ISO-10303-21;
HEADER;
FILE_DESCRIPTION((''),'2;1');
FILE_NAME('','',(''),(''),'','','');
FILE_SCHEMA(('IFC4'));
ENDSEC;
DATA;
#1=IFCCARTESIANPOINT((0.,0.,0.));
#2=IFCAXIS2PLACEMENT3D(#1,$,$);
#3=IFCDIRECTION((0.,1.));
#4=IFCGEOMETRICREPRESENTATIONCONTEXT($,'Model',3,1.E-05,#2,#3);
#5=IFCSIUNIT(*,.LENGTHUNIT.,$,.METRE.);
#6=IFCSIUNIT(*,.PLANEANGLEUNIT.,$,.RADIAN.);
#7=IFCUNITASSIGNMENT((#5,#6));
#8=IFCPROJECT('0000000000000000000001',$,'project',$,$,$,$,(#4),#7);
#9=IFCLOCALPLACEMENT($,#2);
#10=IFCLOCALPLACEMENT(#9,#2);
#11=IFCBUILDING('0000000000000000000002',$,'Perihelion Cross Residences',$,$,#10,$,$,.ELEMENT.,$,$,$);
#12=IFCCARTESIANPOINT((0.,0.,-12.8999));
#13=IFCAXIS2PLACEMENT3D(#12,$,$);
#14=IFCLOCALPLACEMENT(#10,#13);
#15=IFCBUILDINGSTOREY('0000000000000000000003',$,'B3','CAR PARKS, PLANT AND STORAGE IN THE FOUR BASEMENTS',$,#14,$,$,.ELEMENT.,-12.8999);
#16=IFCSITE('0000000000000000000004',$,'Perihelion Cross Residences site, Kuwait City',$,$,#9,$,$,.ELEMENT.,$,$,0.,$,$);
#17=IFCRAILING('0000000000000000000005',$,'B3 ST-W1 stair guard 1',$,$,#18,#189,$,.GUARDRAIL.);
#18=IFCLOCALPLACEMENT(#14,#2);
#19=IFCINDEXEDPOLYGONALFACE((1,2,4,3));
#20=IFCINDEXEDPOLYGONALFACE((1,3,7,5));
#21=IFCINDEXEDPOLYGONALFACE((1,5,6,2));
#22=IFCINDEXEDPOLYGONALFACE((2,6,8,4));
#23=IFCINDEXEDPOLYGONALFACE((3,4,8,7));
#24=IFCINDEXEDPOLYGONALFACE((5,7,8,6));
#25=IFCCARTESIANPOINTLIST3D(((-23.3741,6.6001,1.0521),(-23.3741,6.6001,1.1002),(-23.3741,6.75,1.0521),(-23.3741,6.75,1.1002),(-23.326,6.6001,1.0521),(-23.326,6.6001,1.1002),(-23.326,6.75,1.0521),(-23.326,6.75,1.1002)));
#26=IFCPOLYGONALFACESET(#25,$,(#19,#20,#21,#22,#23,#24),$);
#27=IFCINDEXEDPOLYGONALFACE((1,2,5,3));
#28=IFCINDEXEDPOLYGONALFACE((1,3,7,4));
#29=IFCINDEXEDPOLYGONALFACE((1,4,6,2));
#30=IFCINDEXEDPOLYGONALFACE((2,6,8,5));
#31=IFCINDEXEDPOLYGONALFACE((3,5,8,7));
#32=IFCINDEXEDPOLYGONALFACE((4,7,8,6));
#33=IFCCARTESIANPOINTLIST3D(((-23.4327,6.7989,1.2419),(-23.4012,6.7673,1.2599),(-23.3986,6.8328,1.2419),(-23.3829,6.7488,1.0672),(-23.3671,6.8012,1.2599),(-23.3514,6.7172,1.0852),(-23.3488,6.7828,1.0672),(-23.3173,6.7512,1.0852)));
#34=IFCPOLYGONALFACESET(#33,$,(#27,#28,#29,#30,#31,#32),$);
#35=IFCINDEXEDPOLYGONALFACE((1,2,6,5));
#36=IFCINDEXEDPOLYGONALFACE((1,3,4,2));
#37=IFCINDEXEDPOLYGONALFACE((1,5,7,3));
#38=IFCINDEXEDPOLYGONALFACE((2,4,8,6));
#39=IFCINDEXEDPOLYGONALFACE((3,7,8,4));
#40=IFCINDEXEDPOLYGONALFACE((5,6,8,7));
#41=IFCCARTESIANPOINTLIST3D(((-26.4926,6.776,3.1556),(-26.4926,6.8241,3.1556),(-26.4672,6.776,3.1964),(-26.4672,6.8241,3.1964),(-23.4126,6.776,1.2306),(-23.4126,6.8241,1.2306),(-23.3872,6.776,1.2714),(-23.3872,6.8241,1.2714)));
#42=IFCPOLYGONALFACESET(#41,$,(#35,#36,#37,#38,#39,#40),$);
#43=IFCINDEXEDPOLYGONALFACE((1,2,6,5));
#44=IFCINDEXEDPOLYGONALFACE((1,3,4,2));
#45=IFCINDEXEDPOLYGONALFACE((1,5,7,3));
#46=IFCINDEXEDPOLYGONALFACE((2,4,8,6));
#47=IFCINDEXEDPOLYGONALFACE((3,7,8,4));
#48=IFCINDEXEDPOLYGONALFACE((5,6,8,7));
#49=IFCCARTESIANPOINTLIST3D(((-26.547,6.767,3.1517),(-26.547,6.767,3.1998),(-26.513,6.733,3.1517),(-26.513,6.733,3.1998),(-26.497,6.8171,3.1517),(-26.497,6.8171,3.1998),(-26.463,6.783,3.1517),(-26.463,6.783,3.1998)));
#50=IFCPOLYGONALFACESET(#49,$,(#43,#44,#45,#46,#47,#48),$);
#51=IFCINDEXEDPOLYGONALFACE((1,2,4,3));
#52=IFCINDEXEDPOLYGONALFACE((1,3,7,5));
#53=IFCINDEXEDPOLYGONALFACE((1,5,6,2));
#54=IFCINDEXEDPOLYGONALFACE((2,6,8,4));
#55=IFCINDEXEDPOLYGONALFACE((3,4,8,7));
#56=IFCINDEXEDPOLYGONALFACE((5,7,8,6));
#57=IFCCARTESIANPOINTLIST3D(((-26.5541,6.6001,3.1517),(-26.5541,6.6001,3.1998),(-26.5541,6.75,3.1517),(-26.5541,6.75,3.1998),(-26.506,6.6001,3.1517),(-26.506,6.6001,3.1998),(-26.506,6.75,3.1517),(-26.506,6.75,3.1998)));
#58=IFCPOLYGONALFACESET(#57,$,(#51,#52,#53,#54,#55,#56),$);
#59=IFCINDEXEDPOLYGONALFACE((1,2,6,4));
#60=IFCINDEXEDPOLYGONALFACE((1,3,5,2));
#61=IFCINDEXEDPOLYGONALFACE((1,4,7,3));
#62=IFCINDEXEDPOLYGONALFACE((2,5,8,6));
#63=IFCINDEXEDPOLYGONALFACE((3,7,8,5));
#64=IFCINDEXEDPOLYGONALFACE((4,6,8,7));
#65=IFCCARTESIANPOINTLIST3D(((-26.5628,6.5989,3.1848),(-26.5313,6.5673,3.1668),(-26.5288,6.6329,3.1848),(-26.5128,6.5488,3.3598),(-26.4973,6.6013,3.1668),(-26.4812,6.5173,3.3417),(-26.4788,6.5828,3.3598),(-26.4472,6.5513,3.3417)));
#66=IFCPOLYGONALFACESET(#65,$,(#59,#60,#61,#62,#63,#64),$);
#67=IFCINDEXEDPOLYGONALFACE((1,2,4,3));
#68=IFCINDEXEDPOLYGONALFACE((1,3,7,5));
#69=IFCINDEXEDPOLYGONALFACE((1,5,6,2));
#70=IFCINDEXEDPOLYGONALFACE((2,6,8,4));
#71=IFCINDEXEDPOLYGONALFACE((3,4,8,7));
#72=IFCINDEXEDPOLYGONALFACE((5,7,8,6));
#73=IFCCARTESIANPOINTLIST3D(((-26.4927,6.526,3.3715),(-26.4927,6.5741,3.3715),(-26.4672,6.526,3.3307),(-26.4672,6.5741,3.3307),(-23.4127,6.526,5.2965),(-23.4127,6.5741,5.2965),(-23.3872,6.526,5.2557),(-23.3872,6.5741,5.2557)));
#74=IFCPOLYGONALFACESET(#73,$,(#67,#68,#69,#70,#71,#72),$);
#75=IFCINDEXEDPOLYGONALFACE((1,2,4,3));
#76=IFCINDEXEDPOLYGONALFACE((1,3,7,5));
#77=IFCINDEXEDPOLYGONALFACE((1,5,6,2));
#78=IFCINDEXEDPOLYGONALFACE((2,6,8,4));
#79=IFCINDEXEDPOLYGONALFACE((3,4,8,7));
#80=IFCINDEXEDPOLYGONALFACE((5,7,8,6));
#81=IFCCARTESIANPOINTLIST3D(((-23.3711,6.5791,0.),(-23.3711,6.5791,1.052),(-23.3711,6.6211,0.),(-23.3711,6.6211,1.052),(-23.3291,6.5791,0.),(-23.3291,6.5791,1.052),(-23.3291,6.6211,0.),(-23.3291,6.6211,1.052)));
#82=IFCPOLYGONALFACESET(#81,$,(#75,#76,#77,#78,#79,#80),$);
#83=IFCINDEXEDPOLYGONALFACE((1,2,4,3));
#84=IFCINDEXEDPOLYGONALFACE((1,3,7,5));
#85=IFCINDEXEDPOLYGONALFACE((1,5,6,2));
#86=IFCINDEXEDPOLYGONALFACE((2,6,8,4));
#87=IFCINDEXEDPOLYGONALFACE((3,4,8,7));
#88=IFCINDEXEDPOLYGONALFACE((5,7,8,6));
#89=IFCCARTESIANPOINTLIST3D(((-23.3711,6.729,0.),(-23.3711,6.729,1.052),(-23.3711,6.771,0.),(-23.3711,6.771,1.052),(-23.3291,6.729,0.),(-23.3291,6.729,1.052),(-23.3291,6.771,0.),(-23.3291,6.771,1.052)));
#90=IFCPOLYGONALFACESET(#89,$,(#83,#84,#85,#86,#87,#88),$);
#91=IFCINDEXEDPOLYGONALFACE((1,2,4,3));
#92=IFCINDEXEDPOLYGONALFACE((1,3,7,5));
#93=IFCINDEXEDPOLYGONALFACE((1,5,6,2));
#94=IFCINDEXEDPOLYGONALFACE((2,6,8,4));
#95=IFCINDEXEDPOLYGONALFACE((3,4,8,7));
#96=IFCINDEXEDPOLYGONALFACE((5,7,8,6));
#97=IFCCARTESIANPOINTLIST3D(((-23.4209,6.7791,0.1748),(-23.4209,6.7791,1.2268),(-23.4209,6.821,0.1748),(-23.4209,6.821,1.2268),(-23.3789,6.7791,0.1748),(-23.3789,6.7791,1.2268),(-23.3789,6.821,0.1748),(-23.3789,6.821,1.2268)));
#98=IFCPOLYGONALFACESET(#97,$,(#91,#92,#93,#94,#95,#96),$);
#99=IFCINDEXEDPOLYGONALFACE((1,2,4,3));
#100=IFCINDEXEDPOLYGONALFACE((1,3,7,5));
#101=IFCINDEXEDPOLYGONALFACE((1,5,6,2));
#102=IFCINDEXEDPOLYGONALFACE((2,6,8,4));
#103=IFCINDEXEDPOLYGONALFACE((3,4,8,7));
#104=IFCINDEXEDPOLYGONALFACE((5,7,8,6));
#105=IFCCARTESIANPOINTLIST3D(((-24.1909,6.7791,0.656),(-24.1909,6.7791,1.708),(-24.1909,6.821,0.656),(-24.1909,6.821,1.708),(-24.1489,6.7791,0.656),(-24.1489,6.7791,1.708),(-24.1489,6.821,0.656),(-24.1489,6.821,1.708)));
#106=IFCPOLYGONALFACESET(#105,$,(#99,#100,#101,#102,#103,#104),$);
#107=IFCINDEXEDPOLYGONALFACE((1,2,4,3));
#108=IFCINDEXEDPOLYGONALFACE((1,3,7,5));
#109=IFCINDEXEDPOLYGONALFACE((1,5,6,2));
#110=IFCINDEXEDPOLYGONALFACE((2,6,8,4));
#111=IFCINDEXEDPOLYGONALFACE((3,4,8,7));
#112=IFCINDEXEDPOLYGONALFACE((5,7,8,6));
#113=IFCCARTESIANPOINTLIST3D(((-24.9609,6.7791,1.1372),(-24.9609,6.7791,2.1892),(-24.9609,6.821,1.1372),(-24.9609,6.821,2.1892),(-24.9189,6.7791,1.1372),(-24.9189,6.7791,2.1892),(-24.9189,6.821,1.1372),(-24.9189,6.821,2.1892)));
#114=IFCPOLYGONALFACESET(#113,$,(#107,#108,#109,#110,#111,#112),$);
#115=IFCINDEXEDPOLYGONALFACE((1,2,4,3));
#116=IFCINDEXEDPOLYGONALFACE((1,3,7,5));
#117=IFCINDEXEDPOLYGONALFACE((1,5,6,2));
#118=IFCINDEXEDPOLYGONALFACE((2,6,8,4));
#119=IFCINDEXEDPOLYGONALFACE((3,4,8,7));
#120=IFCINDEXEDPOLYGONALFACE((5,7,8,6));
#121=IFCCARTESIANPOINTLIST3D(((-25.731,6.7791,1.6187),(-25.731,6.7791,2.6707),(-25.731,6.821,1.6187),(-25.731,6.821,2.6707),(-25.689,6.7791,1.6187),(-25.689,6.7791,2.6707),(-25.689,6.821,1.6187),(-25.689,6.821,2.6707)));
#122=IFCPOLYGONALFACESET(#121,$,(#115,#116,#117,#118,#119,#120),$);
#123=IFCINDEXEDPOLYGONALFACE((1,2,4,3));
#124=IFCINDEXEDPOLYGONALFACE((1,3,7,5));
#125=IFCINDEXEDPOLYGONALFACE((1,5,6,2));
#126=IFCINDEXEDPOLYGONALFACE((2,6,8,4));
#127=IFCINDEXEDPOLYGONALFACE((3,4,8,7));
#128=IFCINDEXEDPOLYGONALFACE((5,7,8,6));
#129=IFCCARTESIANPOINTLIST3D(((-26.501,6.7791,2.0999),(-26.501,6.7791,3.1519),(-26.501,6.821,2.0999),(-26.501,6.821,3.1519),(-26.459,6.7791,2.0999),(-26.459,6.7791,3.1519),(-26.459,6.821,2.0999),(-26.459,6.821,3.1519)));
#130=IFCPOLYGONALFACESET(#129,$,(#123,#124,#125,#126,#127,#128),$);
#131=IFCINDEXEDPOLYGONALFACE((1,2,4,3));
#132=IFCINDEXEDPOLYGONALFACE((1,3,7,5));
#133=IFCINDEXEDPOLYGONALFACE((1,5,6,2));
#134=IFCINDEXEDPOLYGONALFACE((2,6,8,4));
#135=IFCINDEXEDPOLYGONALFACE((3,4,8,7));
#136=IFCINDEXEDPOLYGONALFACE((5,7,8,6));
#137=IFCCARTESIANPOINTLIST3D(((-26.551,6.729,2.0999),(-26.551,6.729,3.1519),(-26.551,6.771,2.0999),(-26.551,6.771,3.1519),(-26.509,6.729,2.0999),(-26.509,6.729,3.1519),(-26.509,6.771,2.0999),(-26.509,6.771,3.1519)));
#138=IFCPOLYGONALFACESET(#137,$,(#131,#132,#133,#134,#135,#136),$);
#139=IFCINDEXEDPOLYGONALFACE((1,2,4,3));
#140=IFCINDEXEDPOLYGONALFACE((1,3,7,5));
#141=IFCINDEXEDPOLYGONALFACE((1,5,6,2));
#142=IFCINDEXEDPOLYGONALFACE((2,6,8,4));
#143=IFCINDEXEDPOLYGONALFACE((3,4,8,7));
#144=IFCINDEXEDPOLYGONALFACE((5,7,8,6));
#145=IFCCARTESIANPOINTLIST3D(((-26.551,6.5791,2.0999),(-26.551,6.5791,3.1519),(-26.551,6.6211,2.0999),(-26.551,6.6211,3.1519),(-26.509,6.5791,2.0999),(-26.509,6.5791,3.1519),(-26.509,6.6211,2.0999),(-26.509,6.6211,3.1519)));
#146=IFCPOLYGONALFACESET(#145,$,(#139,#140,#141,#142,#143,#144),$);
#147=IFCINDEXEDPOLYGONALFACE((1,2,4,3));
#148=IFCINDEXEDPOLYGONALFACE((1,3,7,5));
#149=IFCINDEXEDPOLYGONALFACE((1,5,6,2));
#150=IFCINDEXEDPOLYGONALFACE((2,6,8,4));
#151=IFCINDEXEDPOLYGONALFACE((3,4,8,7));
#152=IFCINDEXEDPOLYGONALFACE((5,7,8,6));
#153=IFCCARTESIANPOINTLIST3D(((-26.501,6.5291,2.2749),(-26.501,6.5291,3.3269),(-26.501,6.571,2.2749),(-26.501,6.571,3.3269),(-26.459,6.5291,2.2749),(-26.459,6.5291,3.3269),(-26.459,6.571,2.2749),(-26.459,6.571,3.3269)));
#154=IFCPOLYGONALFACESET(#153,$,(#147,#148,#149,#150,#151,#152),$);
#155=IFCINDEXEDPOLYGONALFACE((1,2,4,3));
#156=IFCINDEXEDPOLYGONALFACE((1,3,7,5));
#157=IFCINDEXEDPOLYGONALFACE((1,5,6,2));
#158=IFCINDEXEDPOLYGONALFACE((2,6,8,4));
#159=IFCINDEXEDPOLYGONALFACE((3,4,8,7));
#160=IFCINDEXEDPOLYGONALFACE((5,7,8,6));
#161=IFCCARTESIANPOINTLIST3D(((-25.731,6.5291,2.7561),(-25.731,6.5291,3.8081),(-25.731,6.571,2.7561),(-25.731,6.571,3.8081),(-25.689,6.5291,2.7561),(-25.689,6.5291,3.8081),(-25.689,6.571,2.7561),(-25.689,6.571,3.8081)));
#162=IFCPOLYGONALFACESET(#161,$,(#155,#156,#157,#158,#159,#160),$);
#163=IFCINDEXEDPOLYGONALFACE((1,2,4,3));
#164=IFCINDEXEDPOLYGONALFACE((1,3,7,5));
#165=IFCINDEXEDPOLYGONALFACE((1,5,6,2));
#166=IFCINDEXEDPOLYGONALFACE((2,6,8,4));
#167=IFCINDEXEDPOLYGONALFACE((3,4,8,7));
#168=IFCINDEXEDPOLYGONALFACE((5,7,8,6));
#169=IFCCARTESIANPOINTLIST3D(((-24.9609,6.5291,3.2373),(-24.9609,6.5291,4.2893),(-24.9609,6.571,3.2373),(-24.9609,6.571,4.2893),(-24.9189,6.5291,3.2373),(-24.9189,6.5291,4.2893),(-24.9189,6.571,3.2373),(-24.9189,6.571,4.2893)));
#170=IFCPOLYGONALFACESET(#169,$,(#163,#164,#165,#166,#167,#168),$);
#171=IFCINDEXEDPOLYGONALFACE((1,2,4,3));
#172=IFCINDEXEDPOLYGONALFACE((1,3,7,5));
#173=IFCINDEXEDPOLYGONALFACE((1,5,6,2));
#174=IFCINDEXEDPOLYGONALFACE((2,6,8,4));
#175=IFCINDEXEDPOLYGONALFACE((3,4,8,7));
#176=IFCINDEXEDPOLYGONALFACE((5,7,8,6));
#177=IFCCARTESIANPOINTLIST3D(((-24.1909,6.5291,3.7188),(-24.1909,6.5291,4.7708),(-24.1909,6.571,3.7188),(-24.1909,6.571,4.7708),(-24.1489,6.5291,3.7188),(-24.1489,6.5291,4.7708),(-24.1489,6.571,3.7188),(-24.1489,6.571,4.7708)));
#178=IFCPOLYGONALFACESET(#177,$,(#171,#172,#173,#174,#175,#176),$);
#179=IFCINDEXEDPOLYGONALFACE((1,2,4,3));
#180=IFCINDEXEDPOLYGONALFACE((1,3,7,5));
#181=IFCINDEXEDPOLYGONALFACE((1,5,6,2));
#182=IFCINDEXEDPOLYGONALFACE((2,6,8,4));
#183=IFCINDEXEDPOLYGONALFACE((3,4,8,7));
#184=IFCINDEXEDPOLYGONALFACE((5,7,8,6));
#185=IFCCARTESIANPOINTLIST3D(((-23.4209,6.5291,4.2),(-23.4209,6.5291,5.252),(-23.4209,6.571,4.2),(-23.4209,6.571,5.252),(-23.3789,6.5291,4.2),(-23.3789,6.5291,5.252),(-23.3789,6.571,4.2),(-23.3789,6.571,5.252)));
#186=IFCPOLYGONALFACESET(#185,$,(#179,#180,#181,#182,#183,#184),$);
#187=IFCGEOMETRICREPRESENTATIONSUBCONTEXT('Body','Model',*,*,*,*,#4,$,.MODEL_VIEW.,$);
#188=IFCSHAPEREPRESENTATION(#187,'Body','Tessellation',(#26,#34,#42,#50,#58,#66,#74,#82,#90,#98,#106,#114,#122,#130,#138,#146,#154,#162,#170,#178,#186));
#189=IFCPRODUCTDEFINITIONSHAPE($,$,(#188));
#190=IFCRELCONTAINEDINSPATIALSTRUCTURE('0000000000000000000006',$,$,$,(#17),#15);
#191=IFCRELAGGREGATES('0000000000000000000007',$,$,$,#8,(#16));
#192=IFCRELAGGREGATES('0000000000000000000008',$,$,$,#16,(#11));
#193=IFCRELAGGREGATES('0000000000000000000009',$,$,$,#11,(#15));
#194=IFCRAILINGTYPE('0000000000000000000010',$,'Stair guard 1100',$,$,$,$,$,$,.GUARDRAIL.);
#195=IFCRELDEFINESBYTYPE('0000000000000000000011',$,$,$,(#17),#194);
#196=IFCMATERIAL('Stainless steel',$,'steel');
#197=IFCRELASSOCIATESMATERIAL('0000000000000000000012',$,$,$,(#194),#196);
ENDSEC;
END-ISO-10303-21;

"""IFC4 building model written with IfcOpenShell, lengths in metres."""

from ifc_helpers import new_model, si_unit, direction, frame, origin, origin_2d, place, context, subcontext, project, spatial, rectangle, extrude, material, type_object, element, save


model = new_model("IFC4")

# Units and contexts
model_context = context("Model", 3, precision=1e-05, world=origin(), true_north=direction((0.0, 1.0)))
body_context = subcontext(model_context, "Body", "Model", "MODEL_VIEW")
ifc_project = project(units=[si_unit("LENGTHUNIT", "METRE"), si_unit("PLANEANGLEUNIT", "RADIAN")], contexts=[model_context])

# Site, building, storey
site_placement = place(None, origin())
site = spatial("IfcSite", under=ifc_project, at=site_placement, Name="Perihelion Cross Residences site, Kuwait City", CompositionType="ELEMENT", RefElevation=0.0)
building_placement = place(site_placement, origin())
building = spatial("IfcBuilding", under=site, at=building_placement, Name="Perihelion Cross Residences", CompositionType="ELEMENT")
storey_placement = place(building_placement, frame((0.0, 0.0, -12.8999)))
storey = spatial("IfcBuildingStorey", under=building, at=storey_placement, Name="B3", Description="CAR PARKS, PLANT AND STORAGE IN THE FOUR BASEMENTS", CompositionType="ELEMENT", Elevation=-12.8999)

# Railing
ifc_material_1 = material(Name="Stainless steel", Category="steel")
railing_type_1 = type_object("IfcRailingType", Name="Stair guard 1100", PredefinedType="GUARDRAIL", material=ifc_material_1)
railing_1_placement = place(storey_placement, frame((-23.3501, 6.6001, 0.0)))
element("IfcRailing", 1, at=railing_1_placement, inside=storey, type_object=railing_type_1, Name="B3 ST-W1 stair guard 1", PredefinedType="GUARDRAIL", context=body_context, shape_type="SweptSolid", body=[
    extrude(rectangle(XDim=0.0481, YDim=0.0481, at=origin_2d()), frame((0.0, 0.0, 1.0762), z_axis=(0.0, 1.0, 0.0), x_axis=(-1.0, 0.0, 0.0)), (0.0, 0.0, 1.0), 0.1499),
    extrude(rectangle(XDim=0.0481, YDim=0.0481, at=origin_2d()), frame((0.0, 0.1499, 1.0762), z_axis=(-0.264179, 0.265474, 0.927218), x_axis=(-0.708834, -0.705376, 0.0)), (0.0, 0.0, 1.0), 0.1885),
    extrude(rectangle(XDim=0.0481, YDim=0.0481, at=origin_2d()), frame((-0.0498, 0.2, 1.251), z_axis=(-0.847998, 0.0, 0.529999), x_axis=(0.0, -1.0, 0.0)), (0.0, 0.0, 1.0), 3.6321),
    extrude(rectangle(XDim=0.0481, YDim=0.0481, at=origin_2d()), frame((-3.1299, 0.2, 3.1758), z_axis=(-0.707107, -0.707107, 0.0), x_axis=(0.707107, -0.707107, 0.0)), (0.0, 0.0, 1.0), 0.0708),
    extrude(rectangle(XDim=0.0481, YDim=0.0481, at=origin_2d()), frame((-3.1799, 0.1499, 3.1758), z_axis=(0.0, -1.0, 0.0), x_axis=(1.0, 0.0, 0.0)), (0.0, 0.0, 1.0), 0.1499),
    extrude(rectangle(XDim=0.0481, YDim=0.0481, at=origin_2d()), frame((-3.1799, 0.0, 3.1758), z_axis=(0.265065, -0.265065, 0.927082), x_axis=(0.707107, 0.707107, 0.0)), (0.0, 0.0, 1.0), 0.1887),
    extrude(rectangle(XDim=0.0481, YDim=0.0481, at=origin_2d()), frame((-3.1299, -0.05, 3.3511), z_axis=(0.847998, 0.0, 0.529999), x_axis=(0.0, 1.0, 0.0)), (0.0, 0.0, 1.0), 3.6321),
    extrude(rectangle(XDim=0.042, YDim=0.042, at=origin_2d()), origin(), (0.0, 0.0, 1.0), 1.052),
    extrude(rectangle(XDim=0.042, YDim=0.042, at=origin_2d()), frame((0.0, 0.1499, 0.0)), (0.0, 0.0, 1.0), 1.052),
    extrude(rectangle(XDim=0.042, YDim=0.042, at=origin_2d()), frame((-0.0498, 0.2, 0.1748)), (0.0, 0.0, 1.0), 1.052),
    extrude(rectangle(XDim=0.042, YDim=0.042, at=origin_2d()), frame((-0.8198, 0.2, 0.656)), (0.0, 0.0, 1.0), 1.052),
    extrude(rectangle(XDim=0.042, YDim=0.042, at=origin_2d()), frame((-1.5898, 0.2, 1.1372)), (0.0, 0.0, 1.0), 1.052),
    extrude(rectangle(XDim=0.042, YDim=0.042, at=origin_2d()), frame((-2.3599, 0.2, 1.6187)), (0.0, 0.0, 1.0), 1.052),
    extrude(rectangle(XDim=0.042, YDim=0.042, at=origin_2d()), frame((-3.1299, 0.2, 2.0999)), (0.0, 0.0, 1.0), 1.052),
    extrude(rectangle(XDim=0.042, YDim=0.042, at=origin_2d()), frame((-3.1799, 0.1499, 2.0999)), (0.0, 0.0, 1.0), 1.052),
    extrude(rectangle(XDim=0.042, YDim=0.042, at=origin_2d()), frame((-3.1799, 0.0, 2.0999)), (0.0, 0.0, 1.0), 1.052),
    extrude(rectangle(XDim=0.042, YDim=0.042, at=origin_2d()), frame((-3.1299, -0.05, 2.2749)), (0.0, 0.0, 1.0), 1.052),
    extrude(rectangle(XDim=0.042, YDim=0.042, at=origin_2d()), frame((-2.3599, -0.05, 2.7561)), (0.0, 0.0, 1.0), 1.052),
    extrude(rectangle(XDim=0.042, YDim=0.042, at=origin_2d()), frame((-1.5898, -0.05, 3.2373)), (0.0, 0.0, 1.0), 1.052),
    extrude(rectangle(XDim=0.042, YDim=0.042, at=origin_2d()), frame((-0.8198, -0.05, 3.7188)), (0.0, 0.0, 1.0), 1.052),
    extrude(rectangle(XDim=0.042, YDim=0.042, at=origin_2d()), frame((-0.0498, -0.05, 4.2)), (0.0, 0.0, 1.0), 1.052),
])

save(model, "model.ifc")
